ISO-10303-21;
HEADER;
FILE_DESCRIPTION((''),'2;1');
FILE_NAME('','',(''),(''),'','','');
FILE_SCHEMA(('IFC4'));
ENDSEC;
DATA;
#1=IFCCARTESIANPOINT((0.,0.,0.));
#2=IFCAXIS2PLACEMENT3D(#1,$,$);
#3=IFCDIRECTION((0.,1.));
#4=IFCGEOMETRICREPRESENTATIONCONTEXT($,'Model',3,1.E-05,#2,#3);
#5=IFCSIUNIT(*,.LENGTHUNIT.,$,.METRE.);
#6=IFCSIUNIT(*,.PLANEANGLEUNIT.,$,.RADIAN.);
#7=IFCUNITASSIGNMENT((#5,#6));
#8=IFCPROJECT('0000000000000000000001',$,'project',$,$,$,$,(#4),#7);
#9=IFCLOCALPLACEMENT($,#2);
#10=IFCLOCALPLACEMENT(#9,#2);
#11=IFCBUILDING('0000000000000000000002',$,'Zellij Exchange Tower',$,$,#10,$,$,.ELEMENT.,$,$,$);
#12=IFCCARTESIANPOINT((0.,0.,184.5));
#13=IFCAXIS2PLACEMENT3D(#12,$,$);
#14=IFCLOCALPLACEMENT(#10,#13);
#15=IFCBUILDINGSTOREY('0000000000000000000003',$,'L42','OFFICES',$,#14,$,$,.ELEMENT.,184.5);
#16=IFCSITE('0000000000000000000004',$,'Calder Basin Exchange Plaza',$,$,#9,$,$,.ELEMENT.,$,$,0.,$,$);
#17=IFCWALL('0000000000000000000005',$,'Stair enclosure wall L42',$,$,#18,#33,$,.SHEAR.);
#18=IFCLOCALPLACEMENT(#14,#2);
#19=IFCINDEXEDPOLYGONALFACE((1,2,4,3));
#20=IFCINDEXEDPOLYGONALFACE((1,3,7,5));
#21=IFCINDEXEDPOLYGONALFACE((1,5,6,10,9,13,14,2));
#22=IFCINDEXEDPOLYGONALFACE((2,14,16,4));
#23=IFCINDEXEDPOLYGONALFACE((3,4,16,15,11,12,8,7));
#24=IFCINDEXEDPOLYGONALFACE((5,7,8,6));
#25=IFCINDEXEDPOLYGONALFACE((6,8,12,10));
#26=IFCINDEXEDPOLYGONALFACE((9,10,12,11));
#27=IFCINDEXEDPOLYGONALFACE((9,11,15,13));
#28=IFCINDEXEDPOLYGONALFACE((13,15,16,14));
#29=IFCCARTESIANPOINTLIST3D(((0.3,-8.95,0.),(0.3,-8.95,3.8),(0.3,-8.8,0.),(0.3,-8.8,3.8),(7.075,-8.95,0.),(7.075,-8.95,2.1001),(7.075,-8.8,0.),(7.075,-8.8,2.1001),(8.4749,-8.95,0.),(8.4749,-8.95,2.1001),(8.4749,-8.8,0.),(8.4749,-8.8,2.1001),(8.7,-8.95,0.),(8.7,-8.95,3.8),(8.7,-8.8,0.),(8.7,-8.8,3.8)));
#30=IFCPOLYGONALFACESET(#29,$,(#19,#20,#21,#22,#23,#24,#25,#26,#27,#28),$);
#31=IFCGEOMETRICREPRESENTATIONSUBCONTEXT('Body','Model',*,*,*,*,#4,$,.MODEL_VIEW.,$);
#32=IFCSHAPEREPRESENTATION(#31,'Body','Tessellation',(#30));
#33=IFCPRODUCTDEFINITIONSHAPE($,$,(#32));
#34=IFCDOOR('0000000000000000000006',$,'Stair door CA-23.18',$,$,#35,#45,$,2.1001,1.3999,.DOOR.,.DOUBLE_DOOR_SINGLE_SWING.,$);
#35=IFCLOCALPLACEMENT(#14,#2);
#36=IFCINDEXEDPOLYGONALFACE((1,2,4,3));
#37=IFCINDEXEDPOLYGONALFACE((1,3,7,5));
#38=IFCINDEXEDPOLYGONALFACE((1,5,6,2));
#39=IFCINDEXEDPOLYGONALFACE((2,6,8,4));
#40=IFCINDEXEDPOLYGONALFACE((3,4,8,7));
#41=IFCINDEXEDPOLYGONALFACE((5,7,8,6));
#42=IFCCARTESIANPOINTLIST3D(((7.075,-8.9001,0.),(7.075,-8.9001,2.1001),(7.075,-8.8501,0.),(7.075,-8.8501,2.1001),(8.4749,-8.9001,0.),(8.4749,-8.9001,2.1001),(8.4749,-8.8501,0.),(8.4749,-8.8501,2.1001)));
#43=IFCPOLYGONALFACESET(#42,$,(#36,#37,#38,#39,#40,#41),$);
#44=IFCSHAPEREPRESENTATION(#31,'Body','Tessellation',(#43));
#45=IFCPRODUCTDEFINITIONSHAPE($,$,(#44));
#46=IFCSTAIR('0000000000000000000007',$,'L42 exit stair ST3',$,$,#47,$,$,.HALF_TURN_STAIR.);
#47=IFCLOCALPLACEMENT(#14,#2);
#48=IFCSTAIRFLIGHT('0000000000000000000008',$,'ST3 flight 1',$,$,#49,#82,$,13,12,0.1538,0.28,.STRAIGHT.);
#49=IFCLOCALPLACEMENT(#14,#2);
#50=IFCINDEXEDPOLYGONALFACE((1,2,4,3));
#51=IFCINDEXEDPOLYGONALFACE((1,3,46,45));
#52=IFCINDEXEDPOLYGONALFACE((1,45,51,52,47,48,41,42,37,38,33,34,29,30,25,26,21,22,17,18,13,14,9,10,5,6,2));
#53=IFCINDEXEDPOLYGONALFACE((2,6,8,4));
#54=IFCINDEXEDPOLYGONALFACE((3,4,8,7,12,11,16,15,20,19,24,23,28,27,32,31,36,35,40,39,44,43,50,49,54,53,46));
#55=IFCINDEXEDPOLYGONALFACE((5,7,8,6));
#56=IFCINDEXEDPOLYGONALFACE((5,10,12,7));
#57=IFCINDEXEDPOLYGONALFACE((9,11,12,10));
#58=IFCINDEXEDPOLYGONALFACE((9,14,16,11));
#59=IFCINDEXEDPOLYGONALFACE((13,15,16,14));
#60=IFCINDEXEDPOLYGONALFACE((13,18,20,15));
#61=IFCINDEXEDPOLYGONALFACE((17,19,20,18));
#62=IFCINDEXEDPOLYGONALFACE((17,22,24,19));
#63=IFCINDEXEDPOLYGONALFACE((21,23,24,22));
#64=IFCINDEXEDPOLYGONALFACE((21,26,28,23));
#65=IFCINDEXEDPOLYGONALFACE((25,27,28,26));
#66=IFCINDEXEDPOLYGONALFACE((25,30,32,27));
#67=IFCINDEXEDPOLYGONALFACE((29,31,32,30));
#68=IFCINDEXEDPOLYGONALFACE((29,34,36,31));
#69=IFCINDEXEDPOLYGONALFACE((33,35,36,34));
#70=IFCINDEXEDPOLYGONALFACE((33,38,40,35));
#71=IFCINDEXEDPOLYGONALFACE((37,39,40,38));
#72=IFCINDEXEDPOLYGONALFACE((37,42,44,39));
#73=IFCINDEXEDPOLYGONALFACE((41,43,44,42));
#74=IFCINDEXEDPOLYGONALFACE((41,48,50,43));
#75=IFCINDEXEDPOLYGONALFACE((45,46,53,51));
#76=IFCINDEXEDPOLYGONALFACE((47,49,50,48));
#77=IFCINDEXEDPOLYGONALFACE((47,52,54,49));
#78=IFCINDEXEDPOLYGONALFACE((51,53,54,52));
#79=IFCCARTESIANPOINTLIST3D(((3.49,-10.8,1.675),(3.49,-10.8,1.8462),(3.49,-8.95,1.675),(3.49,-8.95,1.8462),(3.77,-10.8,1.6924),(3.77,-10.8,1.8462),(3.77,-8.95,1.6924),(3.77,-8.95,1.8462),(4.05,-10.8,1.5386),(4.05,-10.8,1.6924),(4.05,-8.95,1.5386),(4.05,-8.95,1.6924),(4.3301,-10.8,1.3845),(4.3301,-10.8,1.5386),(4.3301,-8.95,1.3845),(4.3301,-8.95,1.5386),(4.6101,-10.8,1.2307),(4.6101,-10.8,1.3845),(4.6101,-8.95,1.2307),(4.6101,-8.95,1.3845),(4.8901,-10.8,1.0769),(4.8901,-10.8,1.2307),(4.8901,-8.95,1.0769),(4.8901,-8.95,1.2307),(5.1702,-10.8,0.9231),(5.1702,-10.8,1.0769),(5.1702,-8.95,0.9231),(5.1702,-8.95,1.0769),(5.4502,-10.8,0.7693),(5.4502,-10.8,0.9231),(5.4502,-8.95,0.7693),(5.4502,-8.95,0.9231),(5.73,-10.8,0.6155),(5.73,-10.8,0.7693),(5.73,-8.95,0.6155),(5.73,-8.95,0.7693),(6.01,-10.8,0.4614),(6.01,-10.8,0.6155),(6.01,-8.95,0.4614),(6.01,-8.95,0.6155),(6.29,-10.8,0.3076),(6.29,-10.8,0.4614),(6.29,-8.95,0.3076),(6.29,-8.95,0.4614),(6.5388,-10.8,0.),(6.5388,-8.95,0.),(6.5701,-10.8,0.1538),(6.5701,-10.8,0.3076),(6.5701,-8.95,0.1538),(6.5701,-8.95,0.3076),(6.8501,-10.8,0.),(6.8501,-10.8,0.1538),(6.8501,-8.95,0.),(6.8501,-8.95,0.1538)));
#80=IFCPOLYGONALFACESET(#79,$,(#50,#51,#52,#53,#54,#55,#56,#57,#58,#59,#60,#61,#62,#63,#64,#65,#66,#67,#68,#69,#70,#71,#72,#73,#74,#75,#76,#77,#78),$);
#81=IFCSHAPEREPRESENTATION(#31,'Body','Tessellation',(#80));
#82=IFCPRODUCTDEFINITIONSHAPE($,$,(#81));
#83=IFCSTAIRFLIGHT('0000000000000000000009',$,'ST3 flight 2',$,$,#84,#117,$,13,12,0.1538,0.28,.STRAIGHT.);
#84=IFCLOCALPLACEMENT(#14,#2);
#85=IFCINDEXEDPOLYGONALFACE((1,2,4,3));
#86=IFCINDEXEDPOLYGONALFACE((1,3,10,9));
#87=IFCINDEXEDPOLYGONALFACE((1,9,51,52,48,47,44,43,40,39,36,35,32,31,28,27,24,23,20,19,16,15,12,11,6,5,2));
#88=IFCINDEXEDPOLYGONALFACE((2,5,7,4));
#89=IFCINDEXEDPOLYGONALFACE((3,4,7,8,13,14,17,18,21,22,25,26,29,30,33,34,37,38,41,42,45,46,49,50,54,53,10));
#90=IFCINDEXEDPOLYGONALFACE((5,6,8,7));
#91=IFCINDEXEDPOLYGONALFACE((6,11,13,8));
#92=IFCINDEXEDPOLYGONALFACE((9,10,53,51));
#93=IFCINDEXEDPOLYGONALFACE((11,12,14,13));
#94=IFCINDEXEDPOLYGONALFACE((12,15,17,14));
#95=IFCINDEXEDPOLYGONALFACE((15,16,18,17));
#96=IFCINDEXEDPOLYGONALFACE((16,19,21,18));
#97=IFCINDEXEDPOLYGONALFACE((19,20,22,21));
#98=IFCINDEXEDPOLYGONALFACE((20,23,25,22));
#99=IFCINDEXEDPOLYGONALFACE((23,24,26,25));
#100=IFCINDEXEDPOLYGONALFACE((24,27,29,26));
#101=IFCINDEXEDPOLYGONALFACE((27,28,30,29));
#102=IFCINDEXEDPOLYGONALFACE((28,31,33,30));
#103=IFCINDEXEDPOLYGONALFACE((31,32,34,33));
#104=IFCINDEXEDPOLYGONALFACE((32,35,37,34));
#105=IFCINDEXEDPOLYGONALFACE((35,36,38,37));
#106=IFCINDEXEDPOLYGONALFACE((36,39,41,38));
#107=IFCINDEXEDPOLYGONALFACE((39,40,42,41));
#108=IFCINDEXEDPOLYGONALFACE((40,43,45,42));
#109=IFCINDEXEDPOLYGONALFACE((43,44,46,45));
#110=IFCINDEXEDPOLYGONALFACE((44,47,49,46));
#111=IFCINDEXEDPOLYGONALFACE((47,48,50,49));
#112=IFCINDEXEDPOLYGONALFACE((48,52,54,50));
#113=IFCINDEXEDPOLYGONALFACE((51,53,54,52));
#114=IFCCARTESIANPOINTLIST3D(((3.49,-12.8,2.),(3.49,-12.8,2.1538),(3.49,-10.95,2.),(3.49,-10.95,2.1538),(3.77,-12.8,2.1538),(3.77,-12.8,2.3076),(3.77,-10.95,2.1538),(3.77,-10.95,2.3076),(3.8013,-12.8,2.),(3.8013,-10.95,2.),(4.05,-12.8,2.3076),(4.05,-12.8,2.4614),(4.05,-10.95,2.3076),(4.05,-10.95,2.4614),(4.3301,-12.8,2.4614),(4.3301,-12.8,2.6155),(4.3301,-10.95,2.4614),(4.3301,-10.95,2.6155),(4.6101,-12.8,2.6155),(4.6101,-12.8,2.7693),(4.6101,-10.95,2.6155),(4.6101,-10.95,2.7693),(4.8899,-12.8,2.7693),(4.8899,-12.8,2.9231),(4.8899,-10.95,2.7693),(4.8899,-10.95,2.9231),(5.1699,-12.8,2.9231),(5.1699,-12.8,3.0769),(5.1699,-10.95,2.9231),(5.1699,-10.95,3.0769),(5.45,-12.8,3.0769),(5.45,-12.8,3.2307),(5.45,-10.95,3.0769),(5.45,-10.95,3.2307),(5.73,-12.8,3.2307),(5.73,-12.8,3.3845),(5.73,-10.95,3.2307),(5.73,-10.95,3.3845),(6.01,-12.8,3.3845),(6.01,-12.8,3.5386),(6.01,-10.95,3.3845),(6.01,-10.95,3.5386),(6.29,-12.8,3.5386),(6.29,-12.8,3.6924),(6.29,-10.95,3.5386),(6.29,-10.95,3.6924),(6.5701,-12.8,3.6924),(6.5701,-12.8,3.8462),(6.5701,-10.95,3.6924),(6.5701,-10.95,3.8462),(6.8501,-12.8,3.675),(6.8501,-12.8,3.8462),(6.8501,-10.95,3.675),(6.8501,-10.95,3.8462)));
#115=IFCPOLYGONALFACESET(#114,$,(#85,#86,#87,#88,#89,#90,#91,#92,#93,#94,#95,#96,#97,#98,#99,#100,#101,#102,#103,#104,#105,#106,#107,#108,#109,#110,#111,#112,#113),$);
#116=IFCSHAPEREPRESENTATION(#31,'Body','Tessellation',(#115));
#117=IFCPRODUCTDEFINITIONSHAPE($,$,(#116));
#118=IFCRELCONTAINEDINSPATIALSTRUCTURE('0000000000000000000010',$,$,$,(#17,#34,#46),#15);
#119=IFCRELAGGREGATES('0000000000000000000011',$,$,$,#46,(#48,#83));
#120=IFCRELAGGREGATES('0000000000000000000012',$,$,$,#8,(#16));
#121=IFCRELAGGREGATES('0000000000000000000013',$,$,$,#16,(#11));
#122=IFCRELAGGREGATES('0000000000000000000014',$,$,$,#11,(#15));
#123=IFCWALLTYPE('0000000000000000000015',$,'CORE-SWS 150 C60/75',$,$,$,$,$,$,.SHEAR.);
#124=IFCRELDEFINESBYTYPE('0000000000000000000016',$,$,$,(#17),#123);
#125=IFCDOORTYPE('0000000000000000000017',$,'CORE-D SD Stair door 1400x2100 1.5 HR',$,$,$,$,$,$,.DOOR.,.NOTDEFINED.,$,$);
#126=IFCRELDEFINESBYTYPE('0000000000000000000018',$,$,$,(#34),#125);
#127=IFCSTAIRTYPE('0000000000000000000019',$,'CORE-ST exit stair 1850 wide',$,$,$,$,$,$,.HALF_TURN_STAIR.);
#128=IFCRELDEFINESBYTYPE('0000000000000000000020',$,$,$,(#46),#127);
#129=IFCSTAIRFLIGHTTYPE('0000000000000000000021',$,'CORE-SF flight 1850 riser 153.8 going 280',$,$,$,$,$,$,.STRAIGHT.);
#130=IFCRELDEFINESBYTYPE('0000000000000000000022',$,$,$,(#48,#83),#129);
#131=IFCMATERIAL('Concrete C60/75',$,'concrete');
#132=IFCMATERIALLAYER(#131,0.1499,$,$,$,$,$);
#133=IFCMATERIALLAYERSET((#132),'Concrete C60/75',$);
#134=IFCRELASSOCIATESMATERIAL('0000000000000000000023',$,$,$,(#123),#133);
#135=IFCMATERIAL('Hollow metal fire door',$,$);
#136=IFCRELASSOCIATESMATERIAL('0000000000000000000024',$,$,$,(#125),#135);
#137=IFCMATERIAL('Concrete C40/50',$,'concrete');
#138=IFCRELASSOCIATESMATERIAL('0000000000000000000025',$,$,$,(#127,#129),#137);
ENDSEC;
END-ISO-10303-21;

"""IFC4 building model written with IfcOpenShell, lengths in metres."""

from ifc_helpers import new_model, si_unit, direction, frame, frame_2d, origin, place, context, subcontext, project, spatial, polyline, rectangle, outline, extrude, material, layer, layer_set, type_object, element, fill, aggregate, save


model = new_model("IFC4")

# Units and contexts
model_context = context("Model", 3, precision=1e-05, world=origin(), true_north=direction((0.0, 1.0)))
body_context = subcontext(model_context, "Body", "Model", "MODEL_VIEW")
ifc_project = project(units=[si_unit("LENGTHUNIT", "METRE"), si_unit("PLANEANGLEUNIT", "RADIAN")], contexts=[model_context])

# Site, building, storey
site_placement = place(None, origin())
site = spatial("IfcSite", under=ifc_project, at=site_placement, Name="Calder Basin Exchange Plaza", CompositionType="ELEMENT", RefElevation=0.0)
building_placement = place(site_placement, origin())
building = spatial("IfcBuilding", under=site, at=building_placement, Name="Zellij Exchange Tower", CompositionType="ELEMENT")
storey_placement = place(building_placement, frame((0.0, 0.0, 184.5)))
storey = spatial("IfcBuildingStorey", under=building, at=storey_placement, Name="L42", Description="OFFICES", CompositionType="ELEMENT", Elevation=184.5)

# Shared definitions
ifc_material_1 = material(Name="Concrete C60/75", Category="concrete")

# Shared definitions
ifc_material_2 = material(Name="Hollow metal fire door")

# Wall, opening, door
ifc_layer_1 = layer(ifc_material_1, 0.1499)
ifc_layer_set_1 = layer_set([ifc_layer_1], Name="Concrete C60/75")
wall_type_1 = type_object("IfcWallType", Name="CORE-SWS 150 C60/75", PredefinedType="SHEAR", material=ifc_layer_set_1)
wall_1_placement = place(storey_placement, frame((0.3, -8.875, 0.0), z_axis=(0.0, 0.0, 1.0), x_axis=(1.0, 0.0, 0.0)))
wall_1 = element("IfcWall", 1, at=wall_1_placement, inside=storey, type_object=wall_type_1, Name="Stair enclosure wall L42", PredefinedType="SHEAR", context=body_context, shape_type="SweptSolid", body=[
    extrude(rectangle(XDim=8.3999, YDim=0.1499, at=frame_2d((4.2, 0.0))), origin(), (0.0, 0.0, 1.0), 3.8),
])
opening_1_placement = place(wall_1_placement, frame((6.7749, 0.0, 0.0)))
opening_1 = element("IfcOpeningElement", 2, at=opening_1_placement, cuts=wall_1, PredefinedType="OPENING", context=body_context, shape_type="SweptSolid", body=[
    extrude(rectangle(XDim=1.3999, YDim=2.1001, at=frame_2d((0.7, 1.05))), frame((0.0, 0.0869, 0.0), z_axis=(0.0, -1.0, 0.0), x_axis=(1.0, 0.0, 0.0)), (0.0, 0.0, 1.0), 0.1738),
])
door_type_1 = type_object("IfcDoorType", Name="CORE-D SD Stair door 1400x2100 1.5 HR", OperationType="NOTDEFINED", PredefinedType="DOOR", material=ifc_material_2)
door_1_placement = place(opening_1_placement, origin())
door_1 = element("IfcDoor", 3, at=door_1_placement, inside=storey, type_object=door_type_1, Name="Stair door CA-23.18", OperationType="DOUBLE_DOOR_SINGLE_SWING", OverallHeight=2.1001, OverallWidth=1.3999, PredefinedType="DOOR", context=body_context, shape_type="SweptSolid", body=[
    extrude(rectangle(XDim=1.3999, YDim=2.1001, at=frame_2d((0.7, 1.05))), frame((0.0, 0.0249, 0.0), z_axis=(0.0, -1.0, 0.0), x_axis=(1.0, 0.0, 0.0)), (0.0, 0.0, 1.0), 0.05),
])
fill(opening_1, door_1)

# Stair, stair flights
ifc_material_3 = material(Name="Concrete C40/50", Category="concrete")
stair_type = type_object("IfcStairType", Name="CORE-ST exit stair 1850 wide", PredefinedType="HALF_TURN_STAIR", material=ifc_material_3)
stair_placement = place(storey_placement, origin())
stair = element("IfcStair", 4, at=stair_placement, inside=storey, type_object=stair_type, Name="L42 exit stair ST3", PredefinedType="HALF_TURN_STAIR")
stair_flight_type = type_object("IfcStairFlightType", Name="CORE-SF flight 1850 riser 153.8 going 280", PredefinedType="STRAIGHT", material=ifc_material_3)
stair_flight_1_placement = place(storey_placement, frame((6.8501, -9.875, 0.0), z_axis=(0.0, 0.0, 1.0), x_axis=(-1.0, 0.0, 0.0)))
stair_flight_1 = element("IfcStairFlight", 5, at=stair_flight_1_placement, type_object=stair_flight_type, Name="ST3 flight 1", NumberOfRisers=13, NumberOfTreads=12, PredefinedType="STRAIGHT", RiserHeight=0.1538, TreadLength=0.28, context=body_context, shape_type="SweptSolid", body=[
    extrude(outline(polyline([(0.0, 0.0), (0.0, 0.1538), (0.28, 0.1538), (0.28, 0.3076), (0.5601, 0.3076), (0.5601, 0.4614), (0.8401, 0.4614), (0.8401, 0.6155), (1.1201, 0.6155), (1.1201, 0.7693), (1.3999, 0.7693), (1.3999, 0.9231), (1.6799, 0.9231), (1.6799, 1.0769), (1.96, 1.0769), (1.96, 1.2307), (2.24, 1.2307), (2.24, 1.3845), (2.52, 1.3845), (2.52, 1.5386), (2.8, 1.5386), (2.8, 1.6924), (3.0801, 1.6924), (3.0801, 1.8462), (3.3601, 1.8462), (3.3601, 2.0), (3.3601, 1.675), (0.3113, 0.0), (0.0, 0.0)])), frame((0.0, 0.925, 0.0), z_axis=(0.0, -1.0, 0.0), x_axis=(1.0, 0.0, 0.0)), (0.0, 0.0, 1.0), 1.8501),
])
stair_flight_2_placement = place(storey_placement, frame((3.49, -11.875, 2.0), z_axis=(0.0, 0.0, 1.0), x_axis=(1.0, 0.0, 0.0)))
stair_flight_2 = element("IfcStairFlight", 6, at=stair_flight_2_placement, type_object=stair_flight_type, Name="ST3 flight 2", NumberOfRisers=13, NumberOfTreads=12, PredefinedType="STRAIGHT", RiserHeight=0.1538, TreadLength=0.28, context=body_context, shape_type="SweptSolid", body=[
    extrude(outline(polyline([(0.0, 0.0), (0.0, 0.1538), (0.28, 0.1538), (0.28, 0.3076), (0.5601, 0.3076), (0.5601, 0.4614), (0.8401, 0.4614), (0.8401, 0.6155), (1.1201, 0.6155), (1.1201, 0.7693), (1.3999, 0.7693), (1.3999, 0.9231), (1.6799, 0.9231), (1.6799, 1.0769), (1.96, 1.0769), (1.96, 1.2307), (2.24, 1.2307), (2.24, 1.3845), (2.52, 1.3845), (2.52, 1.5386), (2.8, 1.5386), (2.8, 1.6924), (3.0801, 1.6924), (3.0801, 1.8462), (3.3601, 1.8462), (3.3601, 2.0), (3.3601, 1.675), (0.3113, 0.0), (0.0, 0.0)])), frame((0.0, 0.925, 0.0), z_axis=(0.0, -1.0, 0.0), x_axis=(1.0, 0.0, 0.0)), (0.0, 0.0, 1.0), 1.8501),
])
aggregate(stair, [stair_flight_1, stair_flight_2])

save(model, "model.ifc")
